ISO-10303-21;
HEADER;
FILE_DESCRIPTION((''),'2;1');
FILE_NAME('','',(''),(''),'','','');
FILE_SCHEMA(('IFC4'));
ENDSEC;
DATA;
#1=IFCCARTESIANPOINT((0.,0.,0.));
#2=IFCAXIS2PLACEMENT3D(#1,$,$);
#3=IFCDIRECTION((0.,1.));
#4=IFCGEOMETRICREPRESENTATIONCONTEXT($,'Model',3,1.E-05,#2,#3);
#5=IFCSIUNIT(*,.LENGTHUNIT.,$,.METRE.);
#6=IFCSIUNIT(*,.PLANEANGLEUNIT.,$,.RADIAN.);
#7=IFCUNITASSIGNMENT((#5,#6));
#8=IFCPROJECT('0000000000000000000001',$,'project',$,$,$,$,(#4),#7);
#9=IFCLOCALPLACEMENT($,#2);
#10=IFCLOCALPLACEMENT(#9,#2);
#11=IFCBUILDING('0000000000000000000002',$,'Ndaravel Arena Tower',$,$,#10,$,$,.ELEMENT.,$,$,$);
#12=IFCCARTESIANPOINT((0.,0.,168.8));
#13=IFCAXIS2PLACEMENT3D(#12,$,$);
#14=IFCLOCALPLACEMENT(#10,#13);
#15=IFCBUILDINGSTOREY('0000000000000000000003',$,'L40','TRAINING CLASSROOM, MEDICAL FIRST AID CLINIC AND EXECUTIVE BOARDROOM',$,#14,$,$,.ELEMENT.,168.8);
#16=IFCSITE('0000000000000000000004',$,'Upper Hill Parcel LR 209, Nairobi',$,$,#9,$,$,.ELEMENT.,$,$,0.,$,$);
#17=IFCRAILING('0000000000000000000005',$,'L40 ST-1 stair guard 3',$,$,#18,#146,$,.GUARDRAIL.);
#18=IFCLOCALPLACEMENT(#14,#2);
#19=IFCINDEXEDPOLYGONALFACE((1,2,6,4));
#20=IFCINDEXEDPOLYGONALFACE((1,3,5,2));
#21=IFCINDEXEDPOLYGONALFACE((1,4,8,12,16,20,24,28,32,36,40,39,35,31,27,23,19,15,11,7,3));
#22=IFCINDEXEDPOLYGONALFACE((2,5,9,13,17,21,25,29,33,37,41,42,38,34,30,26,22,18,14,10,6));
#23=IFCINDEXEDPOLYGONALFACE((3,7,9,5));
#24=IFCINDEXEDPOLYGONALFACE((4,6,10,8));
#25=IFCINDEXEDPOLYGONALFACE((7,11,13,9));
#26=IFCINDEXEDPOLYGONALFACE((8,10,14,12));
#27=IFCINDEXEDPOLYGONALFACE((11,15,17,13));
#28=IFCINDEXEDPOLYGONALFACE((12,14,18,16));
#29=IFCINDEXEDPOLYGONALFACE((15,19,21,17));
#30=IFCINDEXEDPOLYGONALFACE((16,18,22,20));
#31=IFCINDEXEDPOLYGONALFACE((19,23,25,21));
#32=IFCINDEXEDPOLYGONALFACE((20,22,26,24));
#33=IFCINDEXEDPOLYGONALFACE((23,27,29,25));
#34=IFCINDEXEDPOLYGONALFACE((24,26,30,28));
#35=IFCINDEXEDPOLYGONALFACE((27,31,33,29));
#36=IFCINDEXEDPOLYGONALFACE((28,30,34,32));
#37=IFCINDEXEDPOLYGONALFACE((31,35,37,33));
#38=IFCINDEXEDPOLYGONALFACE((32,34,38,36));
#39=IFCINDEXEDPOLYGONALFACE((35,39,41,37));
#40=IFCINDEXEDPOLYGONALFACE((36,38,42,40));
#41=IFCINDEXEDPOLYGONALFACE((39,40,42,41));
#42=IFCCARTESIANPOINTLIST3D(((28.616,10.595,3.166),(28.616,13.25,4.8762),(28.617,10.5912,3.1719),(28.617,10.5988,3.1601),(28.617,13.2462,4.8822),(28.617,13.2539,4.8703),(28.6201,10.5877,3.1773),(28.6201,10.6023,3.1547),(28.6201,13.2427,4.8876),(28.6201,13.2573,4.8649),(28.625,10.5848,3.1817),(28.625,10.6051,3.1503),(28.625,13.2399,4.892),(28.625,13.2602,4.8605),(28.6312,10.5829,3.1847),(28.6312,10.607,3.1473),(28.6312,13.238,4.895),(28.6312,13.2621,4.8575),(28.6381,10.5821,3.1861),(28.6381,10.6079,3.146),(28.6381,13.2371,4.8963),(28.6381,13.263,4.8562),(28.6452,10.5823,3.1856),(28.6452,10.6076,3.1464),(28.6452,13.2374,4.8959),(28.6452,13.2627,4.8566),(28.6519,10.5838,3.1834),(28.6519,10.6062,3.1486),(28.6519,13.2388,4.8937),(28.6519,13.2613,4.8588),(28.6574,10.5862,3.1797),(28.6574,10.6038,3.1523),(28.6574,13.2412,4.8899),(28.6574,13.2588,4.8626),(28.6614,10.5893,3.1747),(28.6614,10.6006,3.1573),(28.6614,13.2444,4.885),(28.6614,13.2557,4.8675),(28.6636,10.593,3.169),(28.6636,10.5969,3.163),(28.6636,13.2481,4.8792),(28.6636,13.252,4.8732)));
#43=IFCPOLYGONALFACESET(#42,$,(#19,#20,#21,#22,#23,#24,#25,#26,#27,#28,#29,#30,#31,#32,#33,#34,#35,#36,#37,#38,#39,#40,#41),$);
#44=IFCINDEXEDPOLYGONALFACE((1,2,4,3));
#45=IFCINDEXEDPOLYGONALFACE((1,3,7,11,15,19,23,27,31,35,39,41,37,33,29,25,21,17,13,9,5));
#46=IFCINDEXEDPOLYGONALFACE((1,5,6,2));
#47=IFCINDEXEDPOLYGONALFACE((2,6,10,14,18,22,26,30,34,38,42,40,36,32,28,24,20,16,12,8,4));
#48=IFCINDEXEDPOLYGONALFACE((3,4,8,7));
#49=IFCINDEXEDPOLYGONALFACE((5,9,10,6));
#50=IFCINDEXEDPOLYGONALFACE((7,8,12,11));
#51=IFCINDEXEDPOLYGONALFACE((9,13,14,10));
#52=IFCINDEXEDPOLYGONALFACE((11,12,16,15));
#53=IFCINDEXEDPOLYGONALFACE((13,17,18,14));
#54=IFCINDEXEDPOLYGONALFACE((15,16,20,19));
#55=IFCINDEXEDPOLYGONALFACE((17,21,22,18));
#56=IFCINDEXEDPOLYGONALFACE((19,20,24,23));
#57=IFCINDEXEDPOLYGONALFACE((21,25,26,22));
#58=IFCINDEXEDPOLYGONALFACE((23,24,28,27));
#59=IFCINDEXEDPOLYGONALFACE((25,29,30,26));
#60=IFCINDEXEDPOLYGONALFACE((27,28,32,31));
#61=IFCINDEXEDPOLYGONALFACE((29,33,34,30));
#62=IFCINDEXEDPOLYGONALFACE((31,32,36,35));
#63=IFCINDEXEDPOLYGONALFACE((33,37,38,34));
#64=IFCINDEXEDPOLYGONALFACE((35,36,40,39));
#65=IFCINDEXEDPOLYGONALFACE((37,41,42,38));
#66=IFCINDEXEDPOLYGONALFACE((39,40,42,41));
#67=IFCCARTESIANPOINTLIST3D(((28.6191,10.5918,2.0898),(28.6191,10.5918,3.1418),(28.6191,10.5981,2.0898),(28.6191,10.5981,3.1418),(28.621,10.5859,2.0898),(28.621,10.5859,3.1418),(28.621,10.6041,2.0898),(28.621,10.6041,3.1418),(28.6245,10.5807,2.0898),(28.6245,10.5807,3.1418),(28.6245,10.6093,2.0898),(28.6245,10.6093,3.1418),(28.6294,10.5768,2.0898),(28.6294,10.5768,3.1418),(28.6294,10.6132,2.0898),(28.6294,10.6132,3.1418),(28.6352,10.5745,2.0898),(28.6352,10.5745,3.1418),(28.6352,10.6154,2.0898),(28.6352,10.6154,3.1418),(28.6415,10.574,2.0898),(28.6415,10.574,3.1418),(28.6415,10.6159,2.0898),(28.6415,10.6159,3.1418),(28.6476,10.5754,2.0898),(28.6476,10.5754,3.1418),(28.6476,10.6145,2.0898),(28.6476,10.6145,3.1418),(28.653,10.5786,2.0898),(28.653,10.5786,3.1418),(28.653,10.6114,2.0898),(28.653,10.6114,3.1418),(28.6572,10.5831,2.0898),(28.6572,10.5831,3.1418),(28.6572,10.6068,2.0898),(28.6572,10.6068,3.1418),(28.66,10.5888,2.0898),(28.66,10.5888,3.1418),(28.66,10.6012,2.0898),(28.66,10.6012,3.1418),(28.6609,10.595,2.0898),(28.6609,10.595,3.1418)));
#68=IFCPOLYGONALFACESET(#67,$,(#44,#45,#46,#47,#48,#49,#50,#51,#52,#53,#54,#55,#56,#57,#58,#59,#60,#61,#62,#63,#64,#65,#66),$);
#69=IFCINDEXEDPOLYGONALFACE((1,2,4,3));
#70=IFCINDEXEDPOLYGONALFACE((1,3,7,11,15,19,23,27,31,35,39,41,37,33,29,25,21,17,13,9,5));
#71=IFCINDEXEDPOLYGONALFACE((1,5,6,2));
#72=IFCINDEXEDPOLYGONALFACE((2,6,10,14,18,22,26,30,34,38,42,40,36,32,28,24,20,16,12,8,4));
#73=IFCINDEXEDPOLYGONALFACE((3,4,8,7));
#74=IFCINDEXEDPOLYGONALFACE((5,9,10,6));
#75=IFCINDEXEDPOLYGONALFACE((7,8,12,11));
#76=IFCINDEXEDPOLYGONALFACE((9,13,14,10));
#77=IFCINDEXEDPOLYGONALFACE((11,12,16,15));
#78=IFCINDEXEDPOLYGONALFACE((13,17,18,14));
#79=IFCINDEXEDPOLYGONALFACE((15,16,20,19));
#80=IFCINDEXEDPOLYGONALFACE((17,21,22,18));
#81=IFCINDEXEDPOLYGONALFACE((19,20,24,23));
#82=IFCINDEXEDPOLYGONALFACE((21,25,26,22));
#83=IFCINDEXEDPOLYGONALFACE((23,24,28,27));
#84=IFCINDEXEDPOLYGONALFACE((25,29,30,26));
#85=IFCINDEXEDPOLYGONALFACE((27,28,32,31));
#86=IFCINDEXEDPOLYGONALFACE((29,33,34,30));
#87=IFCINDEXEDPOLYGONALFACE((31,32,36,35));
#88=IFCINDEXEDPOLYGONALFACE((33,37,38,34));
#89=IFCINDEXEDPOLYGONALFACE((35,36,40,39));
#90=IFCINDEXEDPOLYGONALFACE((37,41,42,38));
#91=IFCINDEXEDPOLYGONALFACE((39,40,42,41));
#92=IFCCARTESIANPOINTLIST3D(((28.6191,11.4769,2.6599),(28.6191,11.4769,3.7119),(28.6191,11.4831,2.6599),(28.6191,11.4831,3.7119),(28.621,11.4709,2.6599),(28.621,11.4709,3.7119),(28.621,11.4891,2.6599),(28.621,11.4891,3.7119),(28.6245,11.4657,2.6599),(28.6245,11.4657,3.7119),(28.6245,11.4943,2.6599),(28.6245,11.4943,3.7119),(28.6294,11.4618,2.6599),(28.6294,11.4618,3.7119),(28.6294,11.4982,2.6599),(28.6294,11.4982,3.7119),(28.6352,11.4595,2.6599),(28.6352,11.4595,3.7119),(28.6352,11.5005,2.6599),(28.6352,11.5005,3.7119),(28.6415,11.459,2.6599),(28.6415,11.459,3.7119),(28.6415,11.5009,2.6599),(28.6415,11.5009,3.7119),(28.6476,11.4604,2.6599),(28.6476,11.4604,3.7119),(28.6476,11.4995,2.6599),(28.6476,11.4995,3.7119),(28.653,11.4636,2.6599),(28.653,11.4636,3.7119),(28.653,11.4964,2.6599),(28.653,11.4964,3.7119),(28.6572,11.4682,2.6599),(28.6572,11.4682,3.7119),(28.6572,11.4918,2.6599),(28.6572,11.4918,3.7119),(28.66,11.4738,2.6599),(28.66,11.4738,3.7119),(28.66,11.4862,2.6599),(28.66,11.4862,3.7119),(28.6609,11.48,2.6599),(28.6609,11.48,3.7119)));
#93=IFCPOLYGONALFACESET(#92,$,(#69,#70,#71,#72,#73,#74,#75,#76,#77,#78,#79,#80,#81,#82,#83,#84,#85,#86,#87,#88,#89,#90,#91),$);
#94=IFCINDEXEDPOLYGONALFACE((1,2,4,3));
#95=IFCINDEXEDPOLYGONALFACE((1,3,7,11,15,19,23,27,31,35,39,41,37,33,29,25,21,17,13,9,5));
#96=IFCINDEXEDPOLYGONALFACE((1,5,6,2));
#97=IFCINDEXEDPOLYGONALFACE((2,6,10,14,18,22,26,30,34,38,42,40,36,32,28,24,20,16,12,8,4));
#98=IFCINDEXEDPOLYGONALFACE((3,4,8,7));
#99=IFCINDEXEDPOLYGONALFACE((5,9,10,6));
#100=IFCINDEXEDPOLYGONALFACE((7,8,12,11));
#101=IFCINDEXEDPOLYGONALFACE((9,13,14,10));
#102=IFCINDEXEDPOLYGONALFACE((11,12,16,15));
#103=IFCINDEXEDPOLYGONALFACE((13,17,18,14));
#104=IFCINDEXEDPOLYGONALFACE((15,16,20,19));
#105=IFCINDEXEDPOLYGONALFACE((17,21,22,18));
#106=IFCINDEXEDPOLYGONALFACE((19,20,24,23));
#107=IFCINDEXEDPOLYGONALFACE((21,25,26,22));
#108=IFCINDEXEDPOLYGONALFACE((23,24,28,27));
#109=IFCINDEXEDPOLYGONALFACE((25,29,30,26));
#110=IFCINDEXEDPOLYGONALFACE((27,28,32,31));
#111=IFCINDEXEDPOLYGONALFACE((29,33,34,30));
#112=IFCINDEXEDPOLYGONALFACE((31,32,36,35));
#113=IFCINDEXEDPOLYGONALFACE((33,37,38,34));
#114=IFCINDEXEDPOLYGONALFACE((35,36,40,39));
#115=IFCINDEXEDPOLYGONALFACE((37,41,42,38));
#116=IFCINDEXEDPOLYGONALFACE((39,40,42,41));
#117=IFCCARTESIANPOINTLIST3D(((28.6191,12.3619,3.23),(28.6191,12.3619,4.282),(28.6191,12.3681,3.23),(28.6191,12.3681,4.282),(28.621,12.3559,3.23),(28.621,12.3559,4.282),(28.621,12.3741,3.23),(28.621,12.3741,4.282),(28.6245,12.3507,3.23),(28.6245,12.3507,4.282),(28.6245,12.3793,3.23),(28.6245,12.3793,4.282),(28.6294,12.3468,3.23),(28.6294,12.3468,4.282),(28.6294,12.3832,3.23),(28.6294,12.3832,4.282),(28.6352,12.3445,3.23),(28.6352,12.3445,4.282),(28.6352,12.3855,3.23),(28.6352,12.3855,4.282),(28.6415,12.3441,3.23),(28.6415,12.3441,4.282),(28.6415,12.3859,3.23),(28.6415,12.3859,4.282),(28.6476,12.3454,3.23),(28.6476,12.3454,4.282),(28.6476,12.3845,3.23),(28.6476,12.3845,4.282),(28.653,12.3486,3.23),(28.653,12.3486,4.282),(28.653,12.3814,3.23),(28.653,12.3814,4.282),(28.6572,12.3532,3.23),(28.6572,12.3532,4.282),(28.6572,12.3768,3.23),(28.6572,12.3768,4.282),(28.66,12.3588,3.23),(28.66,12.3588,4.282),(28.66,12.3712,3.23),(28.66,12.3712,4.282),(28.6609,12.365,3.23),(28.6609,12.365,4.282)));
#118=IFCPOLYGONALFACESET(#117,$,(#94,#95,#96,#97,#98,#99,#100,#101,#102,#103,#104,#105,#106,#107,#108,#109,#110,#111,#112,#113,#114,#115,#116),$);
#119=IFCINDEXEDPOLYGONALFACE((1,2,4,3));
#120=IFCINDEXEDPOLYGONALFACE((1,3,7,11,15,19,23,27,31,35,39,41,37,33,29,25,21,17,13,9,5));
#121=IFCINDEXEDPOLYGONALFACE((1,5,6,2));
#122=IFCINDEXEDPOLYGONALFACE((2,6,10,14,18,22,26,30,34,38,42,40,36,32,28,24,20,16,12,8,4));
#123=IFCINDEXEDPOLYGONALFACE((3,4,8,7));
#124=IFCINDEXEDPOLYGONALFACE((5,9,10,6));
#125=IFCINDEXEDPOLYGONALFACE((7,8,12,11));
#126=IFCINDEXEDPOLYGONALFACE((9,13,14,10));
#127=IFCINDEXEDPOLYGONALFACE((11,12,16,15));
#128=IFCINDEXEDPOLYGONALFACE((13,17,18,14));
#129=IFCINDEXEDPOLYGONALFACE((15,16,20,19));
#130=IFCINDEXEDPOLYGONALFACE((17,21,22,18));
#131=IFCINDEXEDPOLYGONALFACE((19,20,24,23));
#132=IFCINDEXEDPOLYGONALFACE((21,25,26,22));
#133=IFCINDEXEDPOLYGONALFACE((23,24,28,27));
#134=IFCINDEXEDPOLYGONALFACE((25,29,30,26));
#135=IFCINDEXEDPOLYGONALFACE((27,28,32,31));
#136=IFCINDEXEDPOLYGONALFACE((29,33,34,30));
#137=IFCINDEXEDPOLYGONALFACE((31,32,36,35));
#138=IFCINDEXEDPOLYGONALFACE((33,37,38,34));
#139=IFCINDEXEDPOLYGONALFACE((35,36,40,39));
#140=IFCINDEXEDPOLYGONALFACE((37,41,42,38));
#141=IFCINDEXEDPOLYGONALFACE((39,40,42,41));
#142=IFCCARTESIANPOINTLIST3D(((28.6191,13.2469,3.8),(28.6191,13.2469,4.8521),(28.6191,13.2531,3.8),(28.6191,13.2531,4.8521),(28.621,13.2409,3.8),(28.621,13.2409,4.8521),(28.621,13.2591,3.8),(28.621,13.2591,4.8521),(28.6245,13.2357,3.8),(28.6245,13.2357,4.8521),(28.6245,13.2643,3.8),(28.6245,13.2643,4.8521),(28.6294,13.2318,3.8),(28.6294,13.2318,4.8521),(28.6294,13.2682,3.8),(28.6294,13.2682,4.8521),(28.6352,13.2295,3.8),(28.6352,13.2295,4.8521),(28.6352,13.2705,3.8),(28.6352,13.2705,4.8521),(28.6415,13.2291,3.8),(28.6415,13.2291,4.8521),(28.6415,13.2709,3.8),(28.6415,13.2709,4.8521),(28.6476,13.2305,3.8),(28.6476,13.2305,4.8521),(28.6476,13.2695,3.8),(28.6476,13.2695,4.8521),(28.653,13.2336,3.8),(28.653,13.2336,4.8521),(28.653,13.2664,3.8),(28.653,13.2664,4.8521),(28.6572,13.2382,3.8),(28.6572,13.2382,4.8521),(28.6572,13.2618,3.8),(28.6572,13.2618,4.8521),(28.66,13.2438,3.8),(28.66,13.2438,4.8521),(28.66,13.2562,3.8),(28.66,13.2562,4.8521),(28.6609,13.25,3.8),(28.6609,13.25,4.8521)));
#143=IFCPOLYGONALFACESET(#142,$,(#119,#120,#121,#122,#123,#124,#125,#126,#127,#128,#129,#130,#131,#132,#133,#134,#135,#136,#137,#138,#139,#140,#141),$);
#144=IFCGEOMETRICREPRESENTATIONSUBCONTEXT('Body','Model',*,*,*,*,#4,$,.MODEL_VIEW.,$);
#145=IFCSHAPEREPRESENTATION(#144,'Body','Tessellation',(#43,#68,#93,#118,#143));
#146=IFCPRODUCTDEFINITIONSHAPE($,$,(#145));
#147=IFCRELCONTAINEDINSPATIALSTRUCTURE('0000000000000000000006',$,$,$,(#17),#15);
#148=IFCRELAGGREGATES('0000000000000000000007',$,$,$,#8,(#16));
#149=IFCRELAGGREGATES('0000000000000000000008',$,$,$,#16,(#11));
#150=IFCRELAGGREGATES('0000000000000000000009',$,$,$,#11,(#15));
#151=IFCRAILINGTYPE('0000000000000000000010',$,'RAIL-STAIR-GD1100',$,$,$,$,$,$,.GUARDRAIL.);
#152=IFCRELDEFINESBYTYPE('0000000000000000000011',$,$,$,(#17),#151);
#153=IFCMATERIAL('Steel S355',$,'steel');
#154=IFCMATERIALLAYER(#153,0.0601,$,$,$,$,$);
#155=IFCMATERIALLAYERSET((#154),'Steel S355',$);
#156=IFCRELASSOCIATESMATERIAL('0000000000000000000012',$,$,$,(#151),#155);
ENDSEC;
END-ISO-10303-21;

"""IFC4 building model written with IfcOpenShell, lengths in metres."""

from ifc_helpers import new_model, si_unit, direction, frame, origin, origin_2d, place, context, subcontext, project, spatial, circle, extrude, material, layer, layer_set, type_object, element, save


model = new_model("IFC4")

# Units and contexts
model_context = context("Model", 3, precision=1e-05, world=origin(), true_north=direction((0.0, 1.0)))
body_context = subcontext(model_context, "Body", "Model", "MODEL_VIEW")
ifc_project = project(units=[si_unit("LENGTHUNIT", "METRE"), si_unit("PLANEANGLEUNIT", "RADIAN")], contexts=[model_context])

# Site, building, storey
site_placement = place(None, origin())
site = spatial("IfcSite", under=ifc_project, at=site_placement, Name="Upper Hill Parcel LR 209, Nairobi", CompositionType="ELEMENT", RefElevation=0.0)
building_placement = place(site_placement, origin())
building = spatial("IfcBuilding", under=site, at=building_placement, Name="Ndaravel Arena Tower", CompositionType="ELEMENT")
storey_placement = place(building_placement, frame((0.0, 0.0, 168.8)))
storey = spatial("IfcBuildingStorey", under=building, at=storey_placement, Name="L40", Description="TRAINING CLASSROOM, MEDICAL FIRST AID CLINIC AND EXECUTIVE BOARDROOM", CompositionType="ELEMENT", Elevation=168.8)

# Railing
ifc_material_1 = material(Name="Steel S355", Category="steel")
ifc_layer_1 = layer(ifc_material_1, 0.0601)
ifc_layer_set_1 = layer_set([ifc_layer_1], Name="Steel S355")
railing_type_1 = type_object("IfcRailingType", Name="RAIL-STAIR-GD1100", PredefinedType="GUARDRAIL", material=ifc_layer_set_1)
railing_1_placement = place(storey_placement, frame((28.6399, 10.595, 2.0898)))
element("IfcRailing", 1, at=railing_1_placement, inside=storey, type_object=railing_type_1, Name="L40 ST-1 stair guard 3", PredefinedType="GUARDRAIL", context=body_context, shape_type="SweptSolid", body=[
    extrude(circle(Radius=0.0239, at=origin_2d()), frame((0.0, 0.0, 1.0762), z_axis=(0.0, 0.840688, 0.541519), x_axis=(-1.0, 0.0, 0.0)), (0.0, 0.0, 1.0), 3.1582),
    extrude(circle(Radius=0.021, at=origin_2d()), origin(), (0.0, 0.0, 1.0), 1.052),
    extrude(circle(Radius=0.021, at=origin_2d()), frame((0.0, 0.885, 0.5701)), (0.0, 0.0, 1.0), 1.052),
    extrude(circle(Radius=0.021, at=origin_2d()), frame((0.0, 1.77, 1.1401)), (0.0, 0.0, 1.0), 1.052),
    extrude(circle(Radius=0.021, at=origin_2d()), frame((0.0, 2.655, 1.7102)), (0.0, 0.0, 1.0), 1.052),
])

save(model, "model.ifc")
